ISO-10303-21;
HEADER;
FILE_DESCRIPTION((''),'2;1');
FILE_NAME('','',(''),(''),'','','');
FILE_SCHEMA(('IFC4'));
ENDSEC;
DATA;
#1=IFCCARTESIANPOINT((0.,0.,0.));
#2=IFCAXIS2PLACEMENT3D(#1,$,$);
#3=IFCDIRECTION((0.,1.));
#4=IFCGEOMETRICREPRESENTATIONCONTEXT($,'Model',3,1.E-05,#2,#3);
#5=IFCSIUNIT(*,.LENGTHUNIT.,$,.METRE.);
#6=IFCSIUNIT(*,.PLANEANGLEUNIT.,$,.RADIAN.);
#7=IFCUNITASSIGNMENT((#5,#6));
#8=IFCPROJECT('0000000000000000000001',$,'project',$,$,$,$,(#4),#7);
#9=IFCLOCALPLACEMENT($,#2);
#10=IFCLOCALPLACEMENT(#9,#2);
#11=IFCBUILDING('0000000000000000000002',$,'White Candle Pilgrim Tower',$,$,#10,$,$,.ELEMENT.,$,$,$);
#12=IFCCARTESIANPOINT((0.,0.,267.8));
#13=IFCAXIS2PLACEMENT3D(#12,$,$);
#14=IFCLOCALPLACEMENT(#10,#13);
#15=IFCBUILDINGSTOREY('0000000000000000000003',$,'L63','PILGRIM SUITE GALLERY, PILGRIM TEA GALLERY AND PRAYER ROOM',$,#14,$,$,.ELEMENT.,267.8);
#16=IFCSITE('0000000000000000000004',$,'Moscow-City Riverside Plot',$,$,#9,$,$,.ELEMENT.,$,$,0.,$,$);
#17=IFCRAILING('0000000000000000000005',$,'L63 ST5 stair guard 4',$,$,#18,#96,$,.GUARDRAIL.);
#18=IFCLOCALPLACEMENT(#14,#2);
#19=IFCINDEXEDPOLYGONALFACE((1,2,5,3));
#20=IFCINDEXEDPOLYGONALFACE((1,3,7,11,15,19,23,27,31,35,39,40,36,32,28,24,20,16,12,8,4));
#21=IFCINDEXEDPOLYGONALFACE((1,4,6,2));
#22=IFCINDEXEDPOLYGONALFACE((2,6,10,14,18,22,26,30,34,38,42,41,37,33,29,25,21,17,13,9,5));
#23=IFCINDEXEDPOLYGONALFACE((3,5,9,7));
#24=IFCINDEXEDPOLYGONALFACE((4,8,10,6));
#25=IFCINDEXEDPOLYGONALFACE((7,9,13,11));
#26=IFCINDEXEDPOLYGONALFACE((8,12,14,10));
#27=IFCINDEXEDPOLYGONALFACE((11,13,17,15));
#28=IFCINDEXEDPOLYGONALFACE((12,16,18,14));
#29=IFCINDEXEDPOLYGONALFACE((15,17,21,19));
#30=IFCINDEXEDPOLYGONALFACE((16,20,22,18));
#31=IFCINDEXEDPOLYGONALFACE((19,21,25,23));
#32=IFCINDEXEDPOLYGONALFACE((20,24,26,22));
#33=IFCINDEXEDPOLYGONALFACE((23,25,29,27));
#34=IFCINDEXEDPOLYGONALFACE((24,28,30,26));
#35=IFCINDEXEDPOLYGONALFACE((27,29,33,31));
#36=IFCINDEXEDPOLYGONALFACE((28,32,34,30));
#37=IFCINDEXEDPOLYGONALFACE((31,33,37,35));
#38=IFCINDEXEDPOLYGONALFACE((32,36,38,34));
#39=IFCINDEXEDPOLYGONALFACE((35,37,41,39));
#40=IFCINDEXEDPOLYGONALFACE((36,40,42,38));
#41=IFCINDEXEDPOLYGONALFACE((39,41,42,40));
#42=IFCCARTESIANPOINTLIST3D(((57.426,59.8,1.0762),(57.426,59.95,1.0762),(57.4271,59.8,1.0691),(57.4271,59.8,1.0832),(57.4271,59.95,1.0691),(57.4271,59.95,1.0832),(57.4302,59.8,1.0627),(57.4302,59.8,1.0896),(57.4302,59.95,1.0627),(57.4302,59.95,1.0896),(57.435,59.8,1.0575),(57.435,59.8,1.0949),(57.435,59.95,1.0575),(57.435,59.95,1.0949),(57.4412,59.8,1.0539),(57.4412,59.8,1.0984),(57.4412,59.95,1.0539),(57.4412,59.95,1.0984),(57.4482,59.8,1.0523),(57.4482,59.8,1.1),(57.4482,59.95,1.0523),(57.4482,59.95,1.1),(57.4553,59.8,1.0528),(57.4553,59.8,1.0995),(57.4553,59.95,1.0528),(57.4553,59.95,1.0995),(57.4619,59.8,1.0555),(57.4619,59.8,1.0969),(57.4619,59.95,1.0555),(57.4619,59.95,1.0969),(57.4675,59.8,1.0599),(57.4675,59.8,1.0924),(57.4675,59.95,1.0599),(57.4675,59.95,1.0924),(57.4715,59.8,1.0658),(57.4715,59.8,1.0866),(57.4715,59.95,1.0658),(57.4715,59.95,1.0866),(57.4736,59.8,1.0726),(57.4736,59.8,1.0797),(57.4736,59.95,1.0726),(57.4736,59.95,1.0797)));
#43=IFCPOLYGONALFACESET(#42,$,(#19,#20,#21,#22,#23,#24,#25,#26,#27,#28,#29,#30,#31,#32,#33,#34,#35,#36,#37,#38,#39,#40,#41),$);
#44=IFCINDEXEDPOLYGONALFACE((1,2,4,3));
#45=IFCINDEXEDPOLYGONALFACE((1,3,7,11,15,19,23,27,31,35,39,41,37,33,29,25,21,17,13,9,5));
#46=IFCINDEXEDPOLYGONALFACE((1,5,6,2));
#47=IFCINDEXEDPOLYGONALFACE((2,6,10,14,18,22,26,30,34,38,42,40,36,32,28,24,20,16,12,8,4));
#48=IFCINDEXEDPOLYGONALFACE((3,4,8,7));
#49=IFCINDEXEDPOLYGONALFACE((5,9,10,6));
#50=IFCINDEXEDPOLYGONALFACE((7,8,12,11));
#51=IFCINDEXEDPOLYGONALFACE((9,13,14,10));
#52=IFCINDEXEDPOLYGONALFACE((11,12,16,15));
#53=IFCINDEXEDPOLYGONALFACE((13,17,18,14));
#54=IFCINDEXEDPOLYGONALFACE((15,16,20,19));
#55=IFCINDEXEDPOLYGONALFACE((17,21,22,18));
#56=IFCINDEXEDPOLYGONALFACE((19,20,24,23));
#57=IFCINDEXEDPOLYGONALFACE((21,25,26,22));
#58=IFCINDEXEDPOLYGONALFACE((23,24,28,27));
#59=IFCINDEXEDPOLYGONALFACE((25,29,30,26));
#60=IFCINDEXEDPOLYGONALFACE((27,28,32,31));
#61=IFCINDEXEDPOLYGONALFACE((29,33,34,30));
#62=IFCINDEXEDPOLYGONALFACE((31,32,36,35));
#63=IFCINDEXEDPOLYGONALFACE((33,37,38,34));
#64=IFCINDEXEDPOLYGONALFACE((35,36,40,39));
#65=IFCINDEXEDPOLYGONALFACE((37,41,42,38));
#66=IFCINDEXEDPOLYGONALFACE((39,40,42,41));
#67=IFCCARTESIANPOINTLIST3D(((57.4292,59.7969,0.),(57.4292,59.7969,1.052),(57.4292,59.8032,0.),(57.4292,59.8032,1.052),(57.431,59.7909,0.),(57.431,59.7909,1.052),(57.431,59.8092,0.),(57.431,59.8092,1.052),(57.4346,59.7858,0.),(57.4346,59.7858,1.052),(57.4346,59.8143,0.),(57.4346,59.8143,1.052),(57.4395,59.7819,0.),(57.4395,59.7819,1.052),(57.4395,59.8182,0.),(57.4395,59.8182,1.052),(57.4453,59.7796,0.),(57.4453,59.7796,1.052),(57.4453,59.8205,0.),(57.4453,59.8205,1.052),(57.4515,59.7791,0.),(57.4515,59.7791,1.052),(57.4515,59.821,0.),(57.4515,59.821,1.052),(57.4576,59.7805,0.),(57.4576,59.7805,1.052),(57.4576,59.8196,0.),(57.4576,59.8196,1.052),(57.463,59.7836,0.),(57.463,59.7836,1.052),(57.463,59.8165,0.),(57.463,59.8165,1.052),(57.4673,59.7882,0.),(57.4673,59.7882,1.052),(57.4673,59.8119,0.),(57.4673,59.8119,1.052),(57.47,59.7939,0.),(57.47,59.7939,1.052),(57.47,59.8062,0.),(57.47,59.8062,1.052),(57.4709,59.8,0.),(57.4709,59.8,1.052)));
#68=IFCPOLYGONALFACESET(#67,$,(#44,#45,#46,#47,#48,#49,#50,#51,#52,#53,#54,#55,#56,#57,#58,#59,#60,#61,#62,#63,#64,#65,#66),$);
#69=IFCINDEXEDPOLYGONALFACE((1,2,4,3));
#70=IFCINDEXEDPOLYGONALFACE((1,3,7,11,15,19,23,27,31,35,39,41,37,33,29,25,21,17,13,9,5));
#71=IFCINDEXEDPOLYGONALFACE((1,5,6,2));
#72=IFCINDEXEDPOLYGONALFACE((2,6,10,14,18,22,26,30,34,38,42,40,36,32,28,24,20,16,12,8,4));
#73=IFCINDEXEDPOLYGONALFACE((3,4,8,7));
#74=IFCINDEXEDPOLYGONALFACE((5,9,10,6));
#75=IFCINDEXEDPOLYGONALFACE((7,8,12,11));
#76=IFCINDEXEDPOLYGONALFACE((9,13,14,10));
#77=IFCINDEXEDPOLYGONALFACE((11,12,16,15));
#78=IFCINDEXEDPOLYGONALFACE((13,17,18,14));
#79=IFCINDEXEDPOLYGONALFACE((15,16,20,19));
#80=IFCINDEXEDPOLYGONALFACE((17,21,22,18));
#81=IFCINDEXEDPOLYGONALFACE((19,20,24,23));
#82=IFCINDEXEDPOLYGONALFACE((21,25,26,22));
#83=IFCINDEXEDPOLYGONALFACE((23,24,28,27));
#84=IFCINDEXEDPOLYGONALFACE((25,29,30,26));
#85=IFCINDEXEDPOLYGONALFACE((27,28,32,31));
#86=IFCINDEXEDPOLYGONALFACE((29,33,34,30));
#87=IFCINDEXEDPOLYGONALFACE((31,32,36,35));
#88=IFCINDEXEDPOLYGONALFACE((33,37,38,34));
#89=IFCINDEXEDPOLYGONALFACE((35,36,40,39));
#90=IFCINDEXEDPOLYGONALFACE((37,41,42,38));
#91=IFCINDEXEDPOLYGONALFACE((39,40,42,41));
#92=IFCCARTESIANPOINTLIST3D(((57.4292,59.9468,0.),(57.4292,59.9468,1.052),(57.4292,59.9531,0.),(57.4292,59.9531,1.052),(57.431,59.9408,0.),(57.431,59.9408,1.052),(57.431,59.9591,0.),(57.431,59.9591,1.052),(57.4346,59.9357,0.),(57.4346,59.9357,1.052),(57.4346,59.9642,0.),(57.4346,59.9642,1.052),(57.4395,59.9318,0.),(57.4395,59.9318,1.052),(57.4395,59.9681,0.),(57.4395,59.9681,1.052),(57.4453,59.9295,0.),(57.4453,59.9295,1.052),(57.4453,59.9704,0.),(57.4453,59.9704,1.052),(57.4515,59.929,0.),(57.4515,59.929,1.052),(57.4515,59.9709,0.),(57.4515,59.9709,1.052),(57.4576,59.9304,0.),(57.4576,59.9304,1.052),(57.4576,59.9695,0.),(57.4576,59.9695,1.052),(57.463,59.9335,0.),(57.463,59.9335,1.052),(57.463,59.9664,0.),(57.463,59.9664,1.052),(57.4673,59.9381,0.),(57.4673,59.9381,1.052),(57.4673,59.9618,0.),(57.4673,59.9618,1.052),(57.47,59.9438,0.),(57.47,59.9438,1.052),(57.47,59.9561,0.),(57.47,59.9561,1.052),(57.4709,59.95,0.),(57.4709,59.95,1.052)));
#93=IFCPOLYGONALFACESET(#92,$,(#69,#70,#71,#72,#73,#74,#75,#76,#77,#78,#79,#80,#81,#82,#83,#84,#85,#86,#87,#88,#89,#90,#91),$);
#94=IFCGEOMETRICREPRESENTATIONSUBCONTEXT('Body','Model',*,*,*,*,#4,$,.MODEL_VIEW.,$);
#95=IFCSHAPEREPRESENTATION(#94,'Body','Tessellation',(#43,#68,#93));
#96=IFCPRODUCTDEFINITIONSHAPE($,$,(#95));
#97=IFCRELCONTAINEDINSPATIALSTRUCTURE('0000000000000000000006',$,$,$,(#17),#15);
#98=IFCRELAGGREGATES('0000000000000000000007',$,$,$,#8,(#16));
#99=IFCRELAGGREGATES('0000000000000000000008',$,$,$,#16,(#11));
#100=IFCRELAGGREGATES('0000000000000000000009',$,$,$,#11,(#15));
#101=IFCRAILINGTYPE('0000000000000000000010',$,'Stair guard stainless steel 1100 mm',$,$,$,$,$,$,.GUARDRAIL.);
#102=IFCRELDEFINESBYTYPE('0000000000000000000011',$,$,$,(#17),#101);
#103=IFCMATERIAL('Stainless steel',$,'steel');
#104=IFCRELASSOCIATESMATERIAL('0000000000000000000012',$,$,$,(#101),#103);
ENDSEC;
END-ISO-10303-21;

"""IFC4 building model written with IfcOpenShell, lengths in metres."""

from ifc_helpers import new_model, si_unit, direction, frame, origin, origin_2d, place, context, subcontext, project, spatial, circle, extrude, material, type_object, element, save


model = new_model("IFC4")

# Units and contexts
model_context = context("Model", 3, precision=1e-05, world=origin(), true_north=direction((0.0, 1.0)))
body_context = subcontext(model_context, "Body", "Model", "MODEL_VIEW")
ifc_project = project(units=[si_unit("LENGTHUNIT", "METRE"), si_unit("PLANEANGLEUNIT", "RADIAN")], contexts=[model_context])

# Site, building, storey
site_placement = place(None, origin())
site = spatial("IfcSite", under=ifc_project, at=site_placement, Name="Moscow-City Riverside Plot", CompositionType="ELEMENT", RefElevation=0.0)
building_placement = place(site_placement, origin())
building = spatial("IfcBuilding", under=site, at=building_placement, Name="White Candle Pilgrim Tower", CompositionType="ELEMENT")
storey_placement = place(building_placement, frame((0.0, 0.0, 267.8)))
storey = spatial("IfcBuildingStorey", under=building, at=storey_placement, Name="L63", Description="PILGRIM SUITE GALLERY, PILGRIM TEA GALLERY AND PRAYER ROOM", CompositionType="ELEMENT", Elevation=267.8)

# Railing
ifc_material_1 = material(Name="Stainless steel", Category="steel")
railing_type_1 = type_object("IfcRailingType", Name="Stair guard stainless steel 1100 mm", PredefinedType="GUARDRAIL", material=ifc_material_1)
railing_1_placement = place(storey_placement, frame((57.45, 59.8, 0.0)))
element("IfcRailing", 1, at=railing_1_placement, inside=storey, type_object=railing_type_1, Name="L63 ST5 stair guard 4", PredefinedType="GUARDRAIL", context=body_context, shape_type="SweptSolid", body=[
    extrude(circle(Radius=0.0239, at=origin_2d()), frame((0.0, 0.0, 1.0762), z_axis=(0.0, 1.0, 0.0), x_axis=(-1.0, 0.0, 0.0)), (0.0, 0.0, 1.0), 0.1499),
    extrude(circle(Radius=0.021, at=origin_2d()), origin(), (0.0, 0.0, 1.0), 1.052),
    extrude(circle(Radius=0.021, at=origin_2d()), frame((0.0, 0.1499, 0.0)), (0.0, 0.0, 1.0), 1.052),
])

save(model, "model.ifc")
